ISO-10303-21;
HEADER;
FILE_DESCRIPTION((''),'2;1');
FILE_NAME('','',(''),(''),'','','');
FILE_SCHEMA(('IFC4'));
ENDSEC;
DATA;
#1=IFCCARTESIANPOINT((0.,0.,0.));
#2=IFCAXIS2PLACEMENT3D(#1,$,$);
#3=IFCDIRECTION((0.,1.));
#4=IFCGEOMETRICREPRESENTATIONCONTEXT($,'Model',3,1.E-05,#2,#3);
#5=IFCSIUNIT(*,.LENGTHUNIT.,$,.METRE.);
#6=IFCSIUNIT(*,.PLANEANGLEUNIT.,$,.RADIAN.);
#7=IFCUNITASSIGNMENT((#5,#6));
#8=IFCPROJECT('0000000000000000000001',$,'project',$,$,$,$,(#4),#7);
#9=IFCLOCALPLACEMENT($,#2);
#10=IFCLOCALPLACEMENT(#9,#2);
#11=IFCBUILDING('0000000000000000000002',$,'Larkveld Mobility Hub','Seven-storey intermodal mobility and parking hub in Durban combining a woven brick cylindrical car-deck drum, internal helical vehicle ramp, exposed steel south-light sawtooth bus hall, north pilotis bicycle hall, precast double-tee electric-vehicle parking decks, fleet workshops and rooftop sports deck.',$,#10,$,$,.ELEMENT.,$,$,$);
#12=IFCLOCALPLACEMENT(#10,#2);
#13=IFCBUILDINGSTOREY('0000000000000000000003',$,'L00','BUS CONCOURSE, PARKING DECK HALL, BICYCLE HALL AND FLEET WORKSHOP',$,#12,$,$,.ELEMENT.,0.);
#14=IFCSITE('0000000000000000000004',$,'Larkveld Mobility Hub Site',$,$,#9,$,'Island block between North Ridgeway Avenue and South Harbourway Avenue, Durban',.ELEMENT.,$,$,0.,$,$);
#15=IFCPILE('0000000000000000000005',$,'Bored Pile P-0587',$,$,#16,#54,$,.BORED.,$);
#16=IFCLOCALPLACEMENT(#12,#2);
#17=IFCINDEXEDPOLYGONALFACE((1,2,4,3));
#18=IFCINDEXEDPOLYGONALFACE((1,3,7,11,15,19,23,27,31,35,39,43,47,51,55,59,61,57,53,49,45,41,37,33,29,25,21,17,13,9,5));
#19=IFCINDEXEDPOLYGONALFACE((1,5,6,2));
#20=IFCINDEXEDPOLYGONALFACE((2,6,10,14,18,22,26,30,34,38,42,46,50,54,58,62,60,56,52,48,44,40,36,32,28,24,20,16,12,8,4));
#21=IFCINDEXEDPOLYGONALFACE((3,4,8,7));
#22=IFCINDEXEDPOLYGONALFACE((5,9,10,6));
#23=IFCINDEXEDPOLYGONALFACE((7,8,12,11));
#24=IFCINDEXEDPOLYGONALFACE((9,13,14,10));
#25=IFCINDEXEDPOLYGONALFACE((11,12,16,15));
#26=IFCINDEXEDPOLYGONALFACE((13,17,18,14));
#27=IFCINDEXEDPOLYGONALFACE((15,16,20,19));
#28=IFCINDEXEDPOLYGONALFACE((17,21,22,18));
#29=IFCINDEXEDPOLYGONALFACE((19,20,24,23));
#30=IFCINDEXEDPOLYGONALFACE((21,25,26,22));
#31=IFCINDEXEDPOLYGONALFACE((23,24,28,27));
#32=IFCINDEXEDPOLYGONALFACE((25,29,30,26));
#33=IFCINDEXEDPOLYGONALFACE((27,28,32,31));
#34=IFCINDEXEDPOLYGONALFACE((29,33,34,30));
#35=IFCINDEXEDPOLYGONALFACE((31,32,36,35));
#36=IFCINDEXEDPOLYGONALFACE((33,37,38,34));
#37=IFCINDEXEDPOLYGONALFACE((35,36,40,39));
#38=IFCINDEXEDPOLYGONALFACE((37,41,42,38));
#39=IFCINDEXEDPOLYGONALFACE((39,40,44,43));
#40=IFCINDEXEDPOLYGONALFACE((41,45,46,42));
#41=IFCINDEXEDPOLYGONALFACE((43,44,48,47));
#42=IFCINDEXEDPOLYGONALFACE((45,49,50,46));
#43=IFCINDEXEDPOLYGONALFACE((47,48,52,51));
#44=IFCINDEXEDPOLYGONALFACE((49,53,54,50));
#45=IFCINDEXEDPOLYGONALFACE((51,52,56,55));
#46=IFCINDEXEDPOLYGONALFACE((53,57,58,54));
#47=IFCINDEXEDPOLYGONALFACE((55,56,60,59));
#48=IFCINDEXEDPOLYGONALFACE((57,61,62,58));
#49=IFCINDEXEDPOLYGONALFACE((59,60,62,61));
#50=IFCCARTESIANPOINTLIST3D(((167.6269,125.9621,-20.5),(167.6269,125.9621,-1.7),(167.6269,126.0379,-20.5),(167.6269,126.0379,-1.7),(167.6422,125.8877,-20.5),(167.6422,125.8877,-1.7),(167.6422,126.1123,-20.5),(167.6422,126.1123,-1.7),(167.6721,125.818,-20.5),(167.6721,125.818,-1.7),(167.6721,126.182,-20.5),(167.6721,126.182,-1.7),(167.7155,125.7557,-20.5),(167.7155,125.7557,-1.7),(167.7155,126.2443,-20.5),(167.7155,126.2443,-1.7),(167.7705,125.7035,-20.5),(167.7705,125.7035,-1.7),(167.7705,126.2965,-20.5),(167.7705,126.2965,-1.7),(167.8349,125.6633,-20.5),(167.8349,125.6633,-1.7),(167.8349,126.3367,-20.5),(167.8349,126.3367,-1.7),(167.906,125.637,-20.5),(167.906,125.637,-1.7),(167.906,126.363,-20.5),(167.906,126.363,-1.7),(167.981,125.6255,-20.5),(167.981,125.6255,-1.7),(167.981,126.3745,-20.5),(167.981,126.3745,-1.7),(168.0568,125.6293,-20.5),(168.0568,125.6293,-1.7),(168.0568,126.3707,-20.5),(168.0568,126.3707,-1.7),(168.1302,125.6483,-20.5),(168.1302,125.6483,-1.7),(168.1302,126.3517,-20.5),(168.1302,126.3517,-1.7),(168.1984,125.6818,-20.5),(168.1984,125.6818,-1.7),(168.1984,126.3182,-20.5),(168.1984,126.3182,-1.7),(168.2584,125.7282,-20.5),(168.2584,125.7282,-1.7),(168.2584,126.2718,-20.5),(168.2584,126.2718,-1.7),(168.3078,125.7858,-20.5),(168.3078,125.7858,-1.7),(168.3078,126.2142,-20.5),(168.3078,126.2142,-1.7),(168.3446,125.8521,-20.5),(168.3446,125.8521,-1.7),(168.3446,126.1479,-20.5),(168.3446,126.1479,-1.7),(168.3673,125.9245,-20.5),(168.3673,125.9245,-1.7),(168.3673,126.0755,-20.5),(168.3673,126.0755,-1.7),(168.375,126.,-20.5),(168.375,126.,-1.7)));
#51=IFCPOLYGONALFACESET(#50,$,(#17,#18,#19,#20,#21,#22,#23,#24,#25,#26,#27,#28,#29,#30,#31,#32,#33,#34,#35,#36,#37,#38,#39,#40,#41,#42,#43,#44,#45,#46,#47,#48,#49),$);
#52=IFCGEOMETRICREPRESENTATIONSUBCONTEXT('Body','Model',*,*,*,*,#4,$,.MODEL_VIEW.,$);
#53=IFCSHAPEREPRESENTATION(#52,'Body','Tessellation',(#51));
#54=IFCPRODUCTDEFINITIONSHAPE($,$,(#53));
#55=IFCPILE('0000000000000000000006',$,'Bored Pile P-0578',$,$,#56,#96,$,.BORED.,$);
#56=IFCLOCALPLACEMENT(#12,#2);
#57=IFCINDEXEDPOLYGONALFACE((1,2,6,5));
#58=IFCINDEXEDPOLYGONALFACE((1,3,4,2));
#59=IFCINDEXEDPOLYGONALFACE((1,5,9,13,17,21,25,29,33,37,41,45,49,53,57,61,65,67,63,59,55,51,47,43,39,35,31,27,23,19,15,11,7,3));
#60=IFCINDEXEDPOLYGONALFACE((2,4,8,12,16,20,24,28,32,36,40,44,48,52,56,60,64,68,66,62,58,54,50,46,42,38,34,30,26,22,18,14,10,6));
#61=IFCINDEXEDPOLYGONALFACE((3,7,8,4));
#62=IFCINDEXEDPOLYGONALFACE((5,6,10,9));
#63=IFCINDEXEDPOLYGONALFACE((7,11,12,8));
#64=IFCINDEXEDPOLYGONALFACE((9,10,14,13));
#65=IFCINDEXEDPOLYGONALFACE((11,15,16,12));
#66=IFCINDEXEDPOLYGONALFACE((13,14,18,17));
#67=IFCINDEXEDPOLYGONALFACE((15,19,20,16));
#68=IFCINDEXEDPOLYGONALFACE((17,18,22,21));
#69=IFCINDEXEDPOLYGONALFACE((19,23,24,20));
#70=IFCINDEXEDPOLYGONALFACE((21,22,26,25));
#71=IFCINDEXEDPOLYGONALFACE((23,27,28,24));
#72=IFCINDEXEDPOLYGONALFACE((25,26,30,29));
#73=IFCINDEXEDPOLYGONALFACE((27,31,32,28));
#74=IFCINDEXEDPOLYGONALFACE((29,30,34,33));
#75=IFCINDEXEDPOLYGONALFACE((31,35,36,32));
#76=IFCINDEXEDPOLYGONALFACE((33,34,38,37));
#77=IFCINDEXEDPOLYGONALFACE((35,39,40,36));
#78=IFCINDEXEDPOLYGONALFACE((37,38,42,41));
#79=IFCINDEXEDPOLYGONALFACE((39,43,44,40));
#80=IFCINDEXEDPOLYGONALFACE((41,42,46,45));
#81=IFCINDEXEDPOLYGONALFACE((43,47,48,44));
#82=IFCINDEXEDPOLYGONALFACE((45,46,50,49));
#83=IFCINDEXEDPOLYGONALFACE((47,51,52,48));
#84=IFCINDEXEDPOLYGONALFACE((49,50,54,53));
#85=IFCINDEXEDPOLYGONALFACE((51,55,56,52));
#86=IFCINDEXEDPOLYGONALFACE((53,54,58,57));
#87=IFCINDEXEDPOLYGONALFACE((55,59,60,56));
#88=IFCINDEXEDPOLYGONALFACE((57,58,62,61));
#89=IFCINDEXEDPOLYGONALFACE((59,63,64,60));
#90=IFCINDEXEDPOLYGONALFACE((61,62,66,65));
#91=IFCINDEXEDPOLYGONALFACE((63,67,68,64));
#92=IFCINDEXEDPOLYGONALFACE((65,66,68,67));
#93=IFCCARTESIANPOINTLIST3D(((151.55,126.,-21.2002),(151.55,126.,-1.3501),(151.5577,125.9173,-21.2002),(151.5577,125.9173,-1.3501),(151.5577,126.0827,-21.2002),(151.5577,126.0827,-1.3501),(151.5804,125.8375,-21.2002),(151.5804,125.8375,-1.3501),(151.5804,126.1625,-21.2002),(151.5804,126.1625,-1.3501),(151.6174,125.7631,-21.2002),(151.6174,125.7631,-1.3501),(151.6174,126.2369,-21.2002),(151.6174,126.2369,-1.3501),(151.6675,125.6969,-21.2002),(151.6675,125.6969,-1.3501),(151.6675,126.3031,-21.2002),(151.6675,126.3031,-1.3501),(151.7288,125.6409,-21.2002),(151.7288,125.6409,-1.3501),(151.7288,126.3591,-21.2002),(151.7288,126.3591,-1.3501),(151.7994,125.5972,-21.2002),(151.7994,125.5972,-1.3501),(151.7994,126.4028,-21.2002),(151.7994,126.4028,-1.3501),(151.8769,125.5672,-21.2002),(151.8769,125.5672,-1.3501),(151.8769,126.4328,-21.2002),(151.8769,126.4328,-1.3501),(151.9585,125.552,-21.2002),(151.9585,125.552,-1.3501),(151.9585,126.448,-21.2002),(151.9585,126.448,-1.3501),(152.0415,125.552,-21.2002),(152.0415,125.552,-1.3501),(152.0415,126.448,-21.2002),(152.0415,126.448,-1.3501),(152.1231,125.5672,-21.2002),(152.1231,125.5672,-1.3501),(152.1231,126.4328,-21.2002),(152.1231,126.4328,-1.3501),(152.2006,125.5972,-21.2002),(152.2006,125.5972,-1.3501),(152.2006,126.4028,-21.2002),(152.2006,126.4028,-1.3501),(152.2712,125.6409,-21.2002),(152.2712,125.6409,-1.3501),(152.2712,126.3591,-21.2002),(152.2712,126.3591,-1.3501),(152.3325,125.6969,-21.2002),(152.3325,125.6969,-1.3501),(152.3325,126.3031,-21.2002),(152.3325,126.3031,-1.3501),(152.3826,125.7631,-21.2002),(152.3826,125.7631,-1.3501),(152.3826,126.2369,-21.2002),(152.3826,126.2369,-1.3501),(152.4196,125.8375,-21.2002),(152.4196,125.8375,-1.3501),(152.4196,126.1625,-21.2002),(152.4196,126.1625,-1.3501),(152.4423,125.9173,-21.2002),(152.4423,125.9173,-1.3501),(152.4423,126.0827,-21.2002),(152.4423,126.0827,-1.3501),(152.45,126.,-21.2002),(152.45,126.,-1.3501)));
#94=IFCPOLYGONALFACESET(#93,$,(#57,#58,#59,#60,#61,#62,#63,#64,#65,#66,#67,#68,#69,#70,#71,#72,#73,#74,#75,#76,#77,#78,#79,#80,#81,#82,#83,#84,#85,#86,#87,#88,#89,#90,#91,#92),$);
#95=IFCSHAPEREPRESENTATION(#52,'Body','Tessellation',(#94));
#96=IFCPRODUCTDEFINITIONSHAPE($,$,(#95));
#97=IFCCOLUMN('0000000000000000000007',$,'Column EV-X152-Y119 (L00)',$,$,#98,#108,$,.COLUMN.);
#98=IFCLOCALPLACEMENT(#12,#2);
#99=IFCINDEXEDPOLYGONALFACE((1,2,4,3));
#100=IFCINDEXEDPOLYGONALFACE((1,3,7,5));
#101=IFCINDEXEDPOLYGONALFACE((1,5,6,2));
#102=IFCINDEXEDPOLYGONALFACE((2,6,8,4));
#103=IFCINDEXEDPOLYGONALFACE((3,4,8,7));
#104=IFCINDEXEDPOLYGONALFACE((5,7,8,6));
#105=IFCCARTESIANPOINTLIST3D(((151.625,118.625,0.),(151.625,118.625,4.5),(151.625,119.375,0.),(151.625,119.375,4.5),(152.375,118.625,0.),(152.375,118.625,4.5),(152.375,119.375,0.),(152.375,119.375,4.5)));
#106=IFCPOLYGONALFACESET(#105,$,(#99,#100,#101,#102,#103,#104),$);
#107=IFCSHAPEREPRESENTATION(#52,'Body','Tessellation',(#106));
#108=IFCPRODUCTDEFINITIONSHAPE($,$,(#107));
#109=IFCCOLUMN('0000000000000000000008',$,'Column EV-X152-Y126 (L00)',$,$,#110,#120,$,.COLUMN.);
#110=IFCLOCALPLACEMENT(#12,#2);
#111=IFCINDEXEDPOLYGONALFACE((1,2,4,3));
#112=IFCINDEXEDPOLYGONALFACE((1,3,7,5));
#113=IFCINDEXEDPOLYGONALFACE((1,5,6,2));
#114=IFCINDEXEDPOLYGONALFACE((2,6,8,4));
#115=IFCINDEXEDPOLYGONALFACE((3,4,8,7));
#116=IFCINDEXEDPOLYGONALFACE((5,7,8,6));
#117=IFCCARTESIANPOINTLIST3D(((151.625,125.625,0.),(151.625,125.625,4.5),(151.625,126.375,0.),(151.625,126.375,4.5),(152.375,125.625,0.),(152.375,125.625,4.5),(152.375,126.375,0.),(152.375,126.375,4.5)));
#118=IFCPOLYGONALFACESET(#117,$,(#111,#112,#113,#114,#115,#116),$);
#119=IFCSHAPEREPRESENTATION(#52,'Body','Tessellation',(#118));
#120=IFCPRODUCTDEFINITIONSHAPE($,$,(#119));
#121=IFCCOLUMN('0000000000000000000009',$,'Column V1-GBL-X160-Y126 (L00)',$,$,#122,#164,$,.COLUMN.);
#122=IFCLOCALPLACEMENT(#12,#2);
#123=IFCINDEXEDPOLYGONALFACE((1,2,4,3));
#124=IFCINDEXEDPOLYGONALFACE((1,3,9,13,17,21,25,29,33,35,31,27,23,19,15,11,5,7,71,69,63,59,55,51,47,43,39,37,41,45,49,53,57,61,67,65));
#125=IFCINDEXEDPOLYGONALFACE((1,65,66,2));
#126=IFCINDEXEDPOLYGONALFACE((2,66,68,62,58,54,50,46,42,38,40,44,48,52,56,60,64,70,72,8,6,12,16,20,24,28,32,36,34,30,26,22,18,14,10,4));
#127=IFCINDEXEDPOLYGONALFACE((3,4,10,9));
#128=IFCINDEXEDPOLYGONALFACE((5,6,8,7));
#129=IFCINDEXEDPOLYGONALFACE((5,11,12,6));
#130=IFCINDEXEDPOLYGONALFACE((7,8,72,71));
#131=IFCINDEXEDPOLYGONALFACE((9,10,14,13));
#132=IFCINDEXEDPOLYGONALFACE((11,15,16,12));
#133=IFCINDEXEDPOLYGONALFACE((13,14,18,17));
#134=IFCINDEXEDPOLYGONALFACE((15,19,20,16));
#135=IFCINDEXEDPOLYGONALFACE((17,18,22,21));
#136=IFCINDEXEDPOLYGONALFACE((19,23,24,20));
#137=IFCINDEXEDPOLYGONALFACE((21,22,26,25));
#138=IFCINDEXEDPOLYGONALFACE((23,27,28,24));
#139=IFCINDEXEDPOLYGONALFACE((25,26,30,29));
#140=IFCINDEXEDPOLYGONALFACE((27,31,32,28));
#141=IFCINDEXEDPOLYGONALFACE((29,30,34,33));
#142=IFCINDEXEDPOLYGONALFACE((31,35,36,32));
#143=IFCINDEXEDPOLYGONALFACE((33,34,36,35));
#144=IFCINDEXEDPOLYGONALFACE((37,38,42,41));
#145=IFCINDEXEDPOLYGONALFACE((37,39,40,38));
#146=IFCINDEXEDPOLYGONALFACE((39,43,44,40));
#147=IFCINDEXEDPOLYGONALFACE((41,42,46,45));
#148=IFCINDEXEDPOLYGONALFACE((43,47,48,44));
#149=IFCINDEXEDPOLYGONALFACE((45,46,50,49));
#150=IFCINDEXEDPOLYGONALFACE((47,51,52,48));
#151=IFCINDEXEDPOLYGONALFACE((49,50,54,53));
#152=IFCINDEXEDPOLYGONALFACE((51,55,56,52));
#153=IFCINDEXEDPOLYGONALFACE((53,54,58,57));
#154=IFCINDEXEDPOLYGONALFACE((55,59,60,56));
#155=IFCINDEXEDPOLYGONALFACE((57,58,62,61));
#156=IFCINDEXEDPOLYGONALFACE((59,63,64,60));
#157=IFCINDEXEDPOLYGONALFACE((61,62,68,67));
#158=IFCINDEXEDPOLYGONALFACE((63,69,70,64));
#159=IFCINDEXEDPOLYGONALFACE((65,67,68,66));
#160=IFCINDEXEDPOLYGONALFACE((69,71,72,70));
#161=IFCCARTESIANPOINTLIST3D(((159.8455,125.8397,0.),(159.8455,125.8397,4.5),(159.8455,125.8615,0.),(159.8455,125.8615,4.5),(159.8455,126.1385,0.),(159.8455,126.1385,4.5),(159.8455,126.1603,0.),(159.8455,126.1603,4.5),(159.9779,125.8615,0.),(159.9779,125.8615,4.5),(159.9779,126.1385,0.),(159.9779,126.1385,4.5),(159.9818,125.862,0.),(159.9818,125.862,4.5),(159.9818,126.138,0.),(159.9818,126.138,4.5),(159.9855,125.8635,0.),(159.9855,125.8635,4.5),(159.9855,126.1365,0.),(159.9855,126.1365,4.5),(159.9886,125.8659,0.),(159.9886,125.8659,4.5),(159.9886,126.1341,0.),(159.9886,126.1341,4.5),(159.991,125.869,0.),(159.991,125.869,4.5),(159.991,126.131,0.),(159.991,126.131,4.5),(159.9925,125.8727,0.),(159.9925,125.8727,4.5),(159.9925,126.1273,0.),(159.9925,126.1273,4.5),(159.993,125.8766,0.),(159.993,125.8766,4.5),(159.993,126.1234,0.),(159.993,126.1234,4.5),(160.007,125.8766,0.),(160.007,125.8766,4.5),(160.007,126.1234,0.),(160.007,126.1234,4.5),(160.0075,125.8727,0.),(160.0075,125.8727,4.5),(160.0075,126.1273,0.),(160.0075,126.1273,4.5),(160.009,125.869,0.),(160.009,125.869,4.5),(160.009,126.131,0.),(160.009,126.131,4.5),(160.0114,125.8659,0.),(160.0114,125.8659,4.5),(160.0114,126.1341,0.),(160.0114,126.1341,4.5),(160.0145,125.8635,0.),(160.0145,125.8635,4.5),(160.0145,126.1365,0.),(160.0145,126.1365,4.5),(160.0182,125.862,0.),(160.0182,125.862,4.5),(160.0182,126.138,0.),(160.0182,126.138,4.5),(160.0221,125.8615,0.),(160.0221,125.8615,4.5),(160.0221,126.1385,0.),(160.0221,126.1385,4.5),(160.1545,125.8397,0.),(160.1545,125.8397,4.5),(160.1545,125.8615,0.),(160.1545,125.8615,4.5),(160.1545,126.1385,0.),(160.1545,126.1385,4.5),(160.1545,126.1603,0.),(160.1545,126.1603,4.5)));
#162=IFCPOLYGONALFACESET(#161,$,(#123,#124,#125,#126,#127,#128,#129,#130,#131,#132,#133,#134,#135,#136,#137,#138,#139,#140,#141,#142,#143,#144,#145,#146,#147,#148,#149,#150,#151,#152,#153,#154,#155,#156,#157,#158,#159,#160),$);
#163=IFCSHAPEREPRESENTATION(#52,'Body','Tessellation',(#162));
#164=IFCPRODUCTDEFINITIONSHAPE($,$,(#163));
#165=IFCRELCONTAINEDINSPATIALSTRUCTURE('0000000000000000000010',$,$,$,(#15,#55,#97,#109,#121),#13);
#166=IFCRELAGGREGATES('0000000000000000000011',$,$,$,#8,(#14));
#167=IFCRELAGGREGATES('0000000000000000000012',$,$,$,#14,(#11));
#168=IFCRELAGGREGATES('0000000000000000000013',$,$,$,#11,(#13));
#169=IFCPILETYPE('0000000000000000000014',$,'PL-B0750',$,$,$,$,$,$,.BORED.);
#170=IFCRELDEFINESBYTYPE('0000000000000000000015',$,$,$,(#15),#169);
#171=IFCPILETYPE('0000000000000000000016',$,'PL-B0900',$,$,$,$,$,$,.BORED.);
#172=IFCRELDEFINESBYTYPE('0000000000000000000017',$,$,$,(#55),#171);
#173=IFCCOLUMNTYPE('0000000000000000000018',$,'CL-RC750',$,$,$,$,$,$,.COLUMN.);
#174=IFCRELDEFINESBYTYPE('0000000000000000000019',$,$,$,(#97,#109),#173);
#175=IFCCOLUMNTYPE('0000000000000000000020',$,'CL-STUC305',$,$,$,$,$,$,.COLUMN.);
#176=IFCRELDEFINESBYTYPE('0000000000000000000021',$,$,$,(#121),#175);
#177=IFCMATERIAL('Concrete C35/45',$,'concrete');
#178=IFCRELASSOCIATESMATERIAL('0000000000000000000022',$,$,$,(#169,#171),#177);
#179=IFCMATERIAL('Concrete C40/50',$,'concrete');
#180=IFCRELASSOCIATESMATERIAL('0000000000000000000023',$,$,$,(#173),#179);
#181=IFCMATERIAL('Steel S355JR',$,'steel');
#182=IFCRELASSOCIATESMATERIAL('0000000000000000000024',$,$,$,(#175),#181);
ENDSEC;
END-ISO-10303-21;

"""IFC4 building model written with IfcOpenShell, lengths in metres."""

from ifc_helpers import new_model, si_unit, direction, frame, origin, origin_2d, place, context, subcontext, project, spatial, rectangle, circle, i_section, extrude, material, material_profile, profile_set, type_object, element, save


model = new_model("IFC4")

# Units and contexts
model_context = context("Model", 3, precision=1e-05, world=origin(), true_north=direction((0.0, 1.0)))
body_context = subcontext(model_context, "Body", "Model", "MODEL_VIEW")
ifc_project = project(units=[si_unit("LENGTHUNIT", "METRE"), si_unit("PLANEANGLEUNIT", "RADIAN")], contexts=[model_context])

# Site, building, storey
site_placement = place(None, origin())
site = spatial("IfcSite", under=ifc_project, at=site_placement, Name="Larkveld Mobility Hub Site", LongName="Island block between North Ridgeway Avenue and South Harbourway Avenue, Durban", CompositionType="ELEMENT", RefElevation=0.0)
building_placement = place(site_placement, origin())
building = spatial("IfcBuilding", under=site, at=building_placement, Name="Larkveld Mobility Hub", Description="Seven-storey intermodal mobility and parking hub in Durban combining a woven brick cylindrical car-deck drum, internal helical vehicle ramp, exposed steel south-light sawtooth bus hall, north pilotis bicycle hall, precast double-tee electric-vehicle parking decks, fleet workshops and rooftop sports deck.", CompositionType="ELEMENT")
storey_placement = place(building_placement, origin())
storey = spatial("IfcBuildingStorey", under=building, at=storey_placement, Name="L00", Description="BUS CONCOURSE, PARKING DECK HALL, BICYCLE HALL AND FLEET WORKSHOP", CompositionType="ELEMENT", Elevation=0.0)

# Shared definitions
ifc_material_1 = material(Name="Concrete C35/45", Category="concrete")

# Piles
ifc_material_profile_1 = material_profile(ifc_material_1, circle(Radius=0.375, at=origin_2d()), Name="PILE D750")
ifc_profile_set_1 = profile_set([ifc_material_profile_1], Name="Concrete C35/45")
pile_type_1 = type_object("IfcPileType", Name="PL-B0750", PredefinedType="BORED", material=ifc_profile_set_1)
pile_1_placement = place(storey_placement, frame((168.0, 126.0, -1.7), z_axis=(0.0, 0.0, -1.0), x_axis=(1.0, 0.0, 0.0)))
element("IfcPile", 1, at=pile_1_placement, inside=storey, type_object=pile_type_1, Name="Bored Pile P-0587", PredefinedType="BORED", context=body_context, shape_type="SweptSolid", body=[
    extrude(circle(Radius=0.375, at=origin_2d()), origin(), (0.0, 0.0, 1.0), 18.8),
])
ifc_material_profile_2 = material_profile(ifc_material_1, circle(Radius=0.45, at=origin_2d()), Name="PILE D900")
ifc_profile_set_2 = profile_set([ifc_material_profile_2], Name="Concrete C35/45")
pile_type_2 = type_object("IfcPileType", Name="PL-B0900", PredefinedType="BORED", material=ifc_profile_set_2)
pile_2_placement = place(storey_placement, frame((152.0, 126.0, -1.3501), z_axis=(0.0, 0.0, -1.0), x_axis=(1.0, 0.0, 0.0)))
element("IfcPile", 2, at=pile_2_placement, inside=storey, type_object=pile_type_2, Name="Bored Pile P-0578", PredefinedType="BORED", context=body_context, shape_type="SweptSolid", body=[
    extrude(circle(Radius=0.45, at=origin_2d()), origin(), (0.0, 0.0, 1.0), 19.8501),
])

# Columns
ifc_material_2 = material(Name="Concrete C40/50", Category="concrete")
ifc_material_profile_3 = material_profile(ifc_material_2, rectangle(XDim=0.75, YDim=0.75, at=origin_2d()), Name="RC COL 750x750")
ifc_profile_set_3 = profile_set([ifc_material_profile_3], Name="Concrete C40/50")
column_type_1 = type_object("IfcColumnType", Name="CL-RC750", PredefinedType="COLUMN", material=ifc_profile_set_3)
for number, where, z_axis, x_axis, name in (
    (3, (152.0, 119.0, 0.0), (0.0, 0.0, 1.0), (1.0, 0.0, 0.0), "Column EV-X152-Y119 (L00)"),
    (4, (152.0, 126.0, 0.0), (0.0, 0.0, 1.0), (1.0, 0.0, 0.0), "Column EV-X152-Y126 (L00)"),
):
    element("IfcColumn", number, at=place(storey_placement, frame(where, z_axis=z_axis, x_axis=x_axis)), inside=storey, type_object=column_type_1, Name=name, PredefinedType="COLUMN", context=body_context, shape_type="SweptSolid", body=[
        extrude(rectangle(XDim=0.75, YDim=0.75, at=origin_2d()), origin(), (0.0, 0.0, 1.0), 4.5),
    ])
ifc_material_3 = material(Name="Steel S355JR", Category="steel")
ifc_material_profile_4 = material_profile(ifc_material_3, i_section(OverallWidth=0.3091, OverallDepth=0.3206, WebThickness=0.0139, FlangeThickness=0.0217, FilletRadius=0.0151, at=origin_2d()), Name="UC 305x305x137")
ifc_profile_set_4 = profile_set([ifc_material_profile_4], Name="Steel S355JR")
column_type_2 = type_object("IfcColumnType", Name="CL-STUC305", PredefinedType="COLUMN", material=ifc_profile_set_4)
for number, where, z_axis, x_axis, name in (
    (5, (160.0, 126.0, 0.0), (0.0, 0.0, 1.0), (1.0, 0.0, 0.0), "Column V1-GBL-X160-Y126 (L00)"),
):
    element("IfcColumn", number, at=place(storey_placement, frame(where, z_axis=z_axis, x_axis=x_axis)), inside=storey, type_object=column_type_2, Name=name, PredefinedType="COLUMN", context=body_context, shape_type="SweptSolid", body=[
        extrude(i_section(OverallWidth=0.3091, OverallDepth=0.3206, WebThickness=0.0139, FlangeThickness=0.0217, FilletRadius=0.0151, at=origin_2d()), origin(), (0.0, 0.0, 1.0), 4.5),
    ])

save(model, "model.ifc")
